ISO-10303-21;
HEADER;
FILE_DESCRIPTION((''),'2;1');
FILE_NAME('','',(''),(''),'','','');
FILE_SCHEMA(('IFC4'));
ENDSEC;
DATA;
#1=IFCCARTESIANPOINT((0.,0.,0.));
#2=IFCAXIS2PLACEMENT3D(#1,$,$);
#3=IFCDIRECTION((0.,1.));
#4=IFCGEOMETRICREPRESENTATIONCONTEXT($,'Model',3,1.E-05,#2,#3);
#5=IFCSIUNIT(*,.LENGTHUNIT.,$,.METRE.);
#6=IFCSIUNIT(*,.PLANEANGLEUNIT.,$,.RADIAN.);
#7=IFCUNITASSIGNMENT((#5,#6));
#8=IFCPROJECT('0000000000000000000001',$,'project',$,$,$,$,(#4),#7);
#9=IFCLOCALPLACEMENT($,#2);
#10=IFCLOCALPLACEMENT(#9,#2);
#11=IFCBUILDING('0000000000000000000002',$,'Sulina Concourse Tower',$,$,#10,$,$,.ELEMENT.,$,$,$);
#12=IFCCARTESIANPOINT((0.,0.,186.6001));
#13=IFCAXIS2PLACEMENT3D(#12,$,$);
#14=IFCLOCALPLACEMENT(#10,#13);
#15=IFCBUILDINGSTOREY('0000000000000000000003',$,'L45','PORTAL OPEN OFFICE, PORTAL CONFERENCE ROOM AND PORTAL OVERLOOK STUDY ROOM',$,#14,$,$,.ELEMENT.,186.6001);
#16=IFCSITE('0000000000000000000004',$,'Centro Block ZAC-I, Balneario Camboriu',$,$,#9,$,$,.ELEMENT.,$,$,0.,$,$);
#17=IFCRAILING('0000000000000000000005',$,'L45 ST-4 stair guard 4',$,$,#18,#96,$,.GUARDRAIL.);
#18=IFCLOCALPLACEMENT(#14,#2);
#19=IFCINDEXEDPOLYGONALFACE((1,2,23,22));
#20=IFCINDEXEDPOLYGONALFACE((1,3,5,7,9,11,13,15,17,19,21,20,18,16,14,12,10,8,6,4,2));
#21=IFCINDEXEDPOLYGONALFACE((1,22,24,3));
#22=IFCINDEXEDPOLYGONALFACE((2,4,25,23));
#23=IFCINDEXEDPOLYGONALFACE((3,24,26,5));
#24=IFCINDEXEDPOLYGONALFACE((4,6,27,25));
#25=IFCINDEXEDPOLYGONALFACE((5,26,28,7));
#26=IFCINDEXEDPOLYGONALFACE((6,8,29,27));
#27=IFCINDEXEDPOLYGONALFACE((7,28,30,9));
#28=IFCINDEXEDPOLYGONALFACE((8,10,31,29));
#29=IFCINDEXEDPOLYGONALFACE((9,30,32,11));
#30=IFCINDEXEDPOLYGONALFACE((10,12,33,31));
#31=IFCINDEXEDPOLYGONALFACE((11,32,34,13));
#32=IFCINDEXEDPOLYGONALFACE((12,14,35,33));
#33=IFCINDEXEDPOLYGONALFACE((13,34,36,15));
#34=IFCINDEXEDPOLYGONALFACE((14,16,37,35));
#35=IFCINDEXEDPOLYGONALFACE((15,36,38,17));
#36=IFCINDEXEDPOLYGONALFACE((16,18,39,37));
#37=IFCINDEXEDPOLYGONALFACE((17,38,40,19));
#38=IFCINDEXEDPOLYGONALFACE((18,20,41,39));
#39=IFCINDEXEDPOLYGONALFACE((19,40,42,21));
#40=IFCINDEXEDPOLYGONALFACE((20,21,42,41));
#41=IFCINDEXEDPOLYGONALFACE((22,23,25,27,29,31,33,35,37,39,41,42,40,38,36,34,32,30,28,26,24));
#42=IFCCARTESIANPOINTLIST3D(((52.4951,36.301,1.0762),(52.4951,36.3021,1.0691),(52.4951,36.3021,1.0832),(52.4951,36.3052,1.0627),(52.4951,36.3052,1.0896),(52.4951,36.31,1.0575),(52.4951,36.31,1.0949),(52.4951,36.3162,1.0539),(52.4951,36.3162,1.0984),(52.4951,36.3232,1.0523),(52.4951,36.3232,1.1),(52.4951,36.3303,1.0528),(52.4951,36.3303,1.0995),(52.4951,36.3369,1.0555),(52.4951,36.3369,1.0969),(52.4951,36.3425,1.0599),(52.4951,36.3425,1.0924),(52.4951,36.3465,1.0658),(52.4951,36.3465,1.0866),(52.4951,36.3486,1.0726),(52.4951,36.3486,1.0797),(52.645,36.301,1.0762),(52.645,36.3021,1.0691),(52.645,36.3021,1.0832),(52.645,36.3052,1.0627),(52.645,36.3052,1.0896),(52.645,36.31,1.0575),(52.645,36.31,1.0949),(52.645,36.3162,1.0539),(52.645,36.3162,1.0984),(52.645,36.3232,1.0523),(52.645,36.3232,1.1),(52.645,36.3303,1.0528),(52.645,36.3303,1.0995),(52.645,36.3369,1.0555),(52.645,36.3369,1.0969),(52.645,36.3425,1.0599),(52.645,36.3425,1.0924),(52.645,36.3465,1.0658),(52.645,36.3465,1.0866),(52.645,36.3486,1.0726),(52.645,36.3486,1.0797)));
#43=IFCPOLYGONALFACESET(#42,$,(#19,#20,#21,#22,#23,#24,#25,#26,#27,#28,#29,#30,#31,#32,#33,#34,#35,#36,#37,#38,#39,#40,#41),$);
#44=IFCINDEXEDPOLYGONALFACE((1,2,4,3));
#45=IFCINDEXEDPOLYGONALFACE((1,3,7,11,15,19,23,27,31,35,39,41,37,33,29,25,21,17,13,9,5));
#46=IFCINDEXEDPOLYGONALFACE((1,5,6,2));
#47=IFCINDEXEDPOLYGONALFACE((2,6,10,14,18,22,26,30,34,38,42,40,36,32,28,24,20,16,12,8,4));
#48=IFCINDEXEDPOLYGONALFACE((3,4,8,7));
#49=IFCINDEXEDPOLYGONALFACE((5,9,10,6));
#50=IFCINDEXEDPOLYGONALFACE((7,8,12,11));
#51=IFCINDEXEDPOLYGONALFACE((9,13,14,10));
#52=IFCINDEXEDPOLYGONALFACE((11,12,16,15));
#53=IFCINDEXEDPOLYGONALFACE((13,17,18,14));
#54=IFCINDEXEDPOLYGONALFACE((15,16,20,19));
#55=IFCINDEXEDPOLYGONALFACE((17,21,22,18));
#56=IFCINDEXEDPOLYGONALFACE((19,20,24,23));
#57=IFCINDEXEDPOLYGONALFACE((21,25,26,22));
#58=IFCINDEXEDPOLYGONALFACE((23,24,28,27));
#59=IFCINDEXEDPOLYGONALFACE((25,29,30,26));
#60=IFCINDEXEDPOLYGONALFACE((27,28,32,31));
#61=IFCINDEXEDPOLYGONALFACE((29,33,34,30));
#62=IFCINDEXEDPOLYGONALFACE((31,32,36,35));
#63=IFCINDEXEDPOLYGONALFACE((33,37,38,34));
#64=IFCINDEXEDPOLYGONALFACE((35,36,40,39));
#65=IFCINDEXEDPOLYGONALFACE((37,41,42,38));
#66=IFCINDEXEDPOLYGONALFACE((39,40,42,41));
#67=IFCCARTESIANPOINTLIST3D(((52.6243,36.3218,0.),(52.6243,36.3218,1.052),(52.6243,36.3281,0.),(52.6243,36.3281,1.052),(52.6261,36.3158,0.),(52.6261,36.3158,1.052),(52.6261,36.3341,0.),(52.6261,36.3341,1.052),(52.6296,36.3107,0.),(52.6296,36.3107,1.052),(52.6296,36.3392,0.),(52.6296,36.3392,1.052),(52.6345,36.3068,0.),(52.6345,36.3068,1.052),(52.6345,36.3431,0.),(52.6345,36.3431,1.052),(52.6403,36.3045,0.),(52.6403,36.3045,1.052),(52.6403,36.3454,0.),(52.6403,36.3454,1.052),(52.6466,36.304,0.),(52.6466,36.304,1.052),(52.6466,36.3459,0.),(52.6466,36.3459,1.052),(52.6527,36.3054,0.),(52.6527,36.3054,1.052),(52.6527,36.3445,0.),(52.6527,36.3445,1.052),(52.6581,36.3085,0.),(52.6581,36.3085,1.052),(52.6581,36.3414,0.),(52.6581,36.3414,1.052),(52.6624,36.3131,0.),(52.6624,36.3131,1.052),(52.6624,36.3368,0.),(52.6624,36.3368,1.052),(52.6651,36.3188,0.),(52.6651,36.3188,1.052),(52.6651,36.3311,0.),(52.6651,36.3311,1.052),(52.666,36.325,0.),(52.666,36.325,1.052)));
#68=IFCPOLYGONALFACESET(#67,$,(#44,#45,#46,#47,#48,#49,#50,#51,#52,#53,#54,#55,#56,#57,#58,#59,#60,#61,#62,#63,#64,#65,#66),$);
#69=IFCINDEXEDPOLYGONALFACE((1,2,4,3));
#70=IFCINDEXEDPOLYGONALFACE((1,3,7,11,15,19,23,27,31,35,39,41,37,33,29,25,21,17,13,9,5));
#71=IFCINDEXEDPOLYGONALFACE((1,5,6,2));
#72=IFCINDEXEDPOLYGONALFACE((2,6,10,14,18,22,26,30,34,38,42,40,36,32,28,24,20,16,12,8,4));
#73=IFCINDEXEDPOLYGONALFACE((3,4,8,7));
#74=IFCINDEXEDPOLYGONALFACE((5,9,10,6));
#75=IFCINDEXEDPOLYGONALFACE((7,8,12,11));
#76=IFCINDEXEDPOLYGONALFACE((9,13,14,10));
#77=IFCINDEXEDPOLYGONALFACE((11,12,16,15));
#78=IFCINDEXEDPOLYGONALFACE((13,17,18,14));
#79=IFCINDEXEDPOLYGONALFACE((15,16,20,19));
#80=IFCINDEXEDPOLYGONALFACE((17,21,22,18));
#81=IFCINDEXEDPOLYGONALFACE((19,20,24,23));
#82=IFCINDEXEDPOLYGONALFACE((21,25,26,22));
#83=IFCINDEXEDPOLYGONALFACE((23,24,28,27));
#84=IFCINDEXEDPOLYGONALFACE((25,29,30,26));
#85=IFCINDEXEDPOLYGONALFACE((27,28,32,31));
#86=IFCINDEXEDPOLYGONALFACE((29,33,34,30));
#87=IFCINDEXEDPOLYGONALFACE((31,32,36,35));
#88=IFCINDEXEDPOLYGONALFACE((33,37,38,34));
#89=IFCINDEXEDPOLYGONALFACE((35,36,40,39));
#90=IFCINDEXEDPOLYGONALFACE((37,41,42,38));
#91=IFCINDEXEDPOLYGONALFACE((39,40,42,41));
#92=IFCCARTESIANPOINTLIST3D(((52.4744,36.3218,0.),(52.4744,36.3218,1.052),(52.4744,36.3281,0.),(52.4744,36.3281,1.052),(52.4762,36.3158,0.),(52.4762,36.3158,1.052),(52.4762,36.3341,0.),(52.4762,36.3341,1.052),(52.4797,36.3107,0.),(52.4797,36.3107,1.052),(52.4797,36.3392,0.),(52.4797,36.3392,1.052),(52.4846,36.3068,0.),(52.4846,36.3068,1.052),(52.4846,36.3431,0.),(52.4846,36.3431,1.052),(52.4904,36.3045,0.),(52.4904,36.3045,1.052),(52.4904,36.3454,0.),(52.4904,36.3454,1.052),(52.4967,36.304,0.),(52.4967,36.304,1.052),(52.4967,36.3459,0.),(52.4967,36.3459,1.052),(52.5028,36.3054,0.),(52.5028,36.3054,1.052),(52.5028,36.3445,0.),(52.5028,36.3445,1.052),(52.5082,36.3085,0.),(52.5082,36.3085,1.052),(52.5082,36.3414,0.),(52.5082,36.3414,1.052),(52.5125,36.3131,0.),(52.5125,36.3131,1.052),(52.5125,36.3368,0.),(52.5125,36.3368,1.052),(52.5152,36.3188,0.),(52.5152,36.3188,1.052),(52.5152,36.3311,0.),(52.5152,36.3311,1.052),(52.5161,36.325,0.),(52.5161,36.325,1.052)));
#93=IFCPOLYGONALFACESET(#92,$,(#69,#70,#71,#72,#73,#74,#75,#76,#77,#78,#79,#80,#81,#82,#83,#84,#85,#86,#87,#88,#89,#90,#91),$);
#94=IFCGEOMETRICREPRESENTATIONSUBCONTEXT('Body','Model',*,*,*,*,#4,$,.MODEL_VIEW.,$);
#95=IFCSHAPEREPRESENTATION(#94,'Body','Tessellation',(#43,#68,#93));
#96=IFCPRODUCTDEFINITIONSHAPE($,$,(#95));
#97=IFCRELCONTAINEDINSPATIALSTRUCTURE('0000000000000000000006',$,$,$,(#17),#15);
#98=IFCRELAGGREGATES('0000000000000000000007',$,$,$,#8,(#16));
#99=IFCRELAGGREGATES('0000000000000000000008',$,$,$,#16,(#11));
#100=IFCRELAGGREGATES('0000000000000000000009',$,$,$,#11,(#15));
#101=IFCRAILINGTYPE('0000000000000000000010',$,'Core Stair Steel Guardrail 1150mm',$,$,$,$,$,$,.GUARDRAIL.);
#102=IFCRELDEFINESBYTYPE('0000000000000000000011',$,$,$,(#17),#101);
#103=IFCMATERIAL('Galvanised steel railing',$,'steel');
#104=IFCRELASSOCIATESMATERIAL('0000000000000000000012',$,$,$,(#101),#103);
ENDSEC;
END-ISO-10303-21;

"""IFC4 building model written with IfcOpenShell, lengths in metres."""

from ifc_helpers import new_model, si_unit, direction, frame, origin, origin_2d, place, context, subcontext, project, spatial, circle, extrude, material, type_object, element, save


model = new_model("IFC4")

# Units and contexts
model_context = context("Model", 3, precision=1e-05, world=origin(), true_north=direction((0.0, 1.0)))
body_context = subcontext(model_context, "Body", "Model", "MODEL_VIEW")
ifc_project = project(units=[si_unit("LENGTHUNIT", "METRE"), si_unit("PLANEANGLEUNIT", "RADIAN")], contexts=[model_context])

# Site, building, storey
site_placement = place(None, origin())
site = spatial("IfcSite", under=ifc_project, at=site_placement, Name="Centro Block ZAC-I, Balneario Camboriu", CompositionType="ELEMENT", RefElevation=0.0)
building_placement = place(site_placement, origin())
building = spatial("IfcBuilding", under=site, at=building_placement, Name="Sulina Concourse Tower", CompositionType="ELEMENT")
storey_placement = place(building_placement, frame((0.0, 0.0, 186.6001)))
storey = spatial("IfcBuildingStorey", under=building, at=storey_placement, Name="L45", Description="PORTAL OPEN OFFICE, PORTAL CONFERENCE ROOM AND PORTAL OVERLOOK STUDY ROOM", CompositionType="ELEMENT", Elevation=186.6001)

# Railing
ifc_material_1 = material(Name="Galvanised steel railing", Category="steel")
railing_type_1 = type_object("IfcRailingType", Name="Core Stair Steel Guardrail 1150mm", PredefinedType="GUARDRAIL", material=ifc_material_1)
railing_1_placement = place(storey_placement, frame((52.645, 36.325, 0.0)))
element("IfcRailing", 1, at=railing_1_placement, inside=storey, type_object=railing_type_1, Name="L45 ST-4 stair guard 4", PredefinedType="GUARDRAIL", context=body_context, shape_type="SweptSolid", body=[
    extrude(circle(Radius=0.0239, at=origin_2d()), frame((0.0, 0.0, 1.0762), z_axis=(-1.0, 0.0, 0.0), x_axis=(0.0, -1.0, 0.0)), (0.0, 0.0, 1.0), 0.1499),
    extrude(circle(Radius=0.021, at=origin_2d()), origin(), (0.0, 0.0, 1.0), 1.052),
    extrude(circle(Radius=0.021, at=origin_2d()), frame((-0.1499, 0.0, 0.0)), (0.0, 0.0, 1.0), 1.052),
])

save(model, "model.ifc")
